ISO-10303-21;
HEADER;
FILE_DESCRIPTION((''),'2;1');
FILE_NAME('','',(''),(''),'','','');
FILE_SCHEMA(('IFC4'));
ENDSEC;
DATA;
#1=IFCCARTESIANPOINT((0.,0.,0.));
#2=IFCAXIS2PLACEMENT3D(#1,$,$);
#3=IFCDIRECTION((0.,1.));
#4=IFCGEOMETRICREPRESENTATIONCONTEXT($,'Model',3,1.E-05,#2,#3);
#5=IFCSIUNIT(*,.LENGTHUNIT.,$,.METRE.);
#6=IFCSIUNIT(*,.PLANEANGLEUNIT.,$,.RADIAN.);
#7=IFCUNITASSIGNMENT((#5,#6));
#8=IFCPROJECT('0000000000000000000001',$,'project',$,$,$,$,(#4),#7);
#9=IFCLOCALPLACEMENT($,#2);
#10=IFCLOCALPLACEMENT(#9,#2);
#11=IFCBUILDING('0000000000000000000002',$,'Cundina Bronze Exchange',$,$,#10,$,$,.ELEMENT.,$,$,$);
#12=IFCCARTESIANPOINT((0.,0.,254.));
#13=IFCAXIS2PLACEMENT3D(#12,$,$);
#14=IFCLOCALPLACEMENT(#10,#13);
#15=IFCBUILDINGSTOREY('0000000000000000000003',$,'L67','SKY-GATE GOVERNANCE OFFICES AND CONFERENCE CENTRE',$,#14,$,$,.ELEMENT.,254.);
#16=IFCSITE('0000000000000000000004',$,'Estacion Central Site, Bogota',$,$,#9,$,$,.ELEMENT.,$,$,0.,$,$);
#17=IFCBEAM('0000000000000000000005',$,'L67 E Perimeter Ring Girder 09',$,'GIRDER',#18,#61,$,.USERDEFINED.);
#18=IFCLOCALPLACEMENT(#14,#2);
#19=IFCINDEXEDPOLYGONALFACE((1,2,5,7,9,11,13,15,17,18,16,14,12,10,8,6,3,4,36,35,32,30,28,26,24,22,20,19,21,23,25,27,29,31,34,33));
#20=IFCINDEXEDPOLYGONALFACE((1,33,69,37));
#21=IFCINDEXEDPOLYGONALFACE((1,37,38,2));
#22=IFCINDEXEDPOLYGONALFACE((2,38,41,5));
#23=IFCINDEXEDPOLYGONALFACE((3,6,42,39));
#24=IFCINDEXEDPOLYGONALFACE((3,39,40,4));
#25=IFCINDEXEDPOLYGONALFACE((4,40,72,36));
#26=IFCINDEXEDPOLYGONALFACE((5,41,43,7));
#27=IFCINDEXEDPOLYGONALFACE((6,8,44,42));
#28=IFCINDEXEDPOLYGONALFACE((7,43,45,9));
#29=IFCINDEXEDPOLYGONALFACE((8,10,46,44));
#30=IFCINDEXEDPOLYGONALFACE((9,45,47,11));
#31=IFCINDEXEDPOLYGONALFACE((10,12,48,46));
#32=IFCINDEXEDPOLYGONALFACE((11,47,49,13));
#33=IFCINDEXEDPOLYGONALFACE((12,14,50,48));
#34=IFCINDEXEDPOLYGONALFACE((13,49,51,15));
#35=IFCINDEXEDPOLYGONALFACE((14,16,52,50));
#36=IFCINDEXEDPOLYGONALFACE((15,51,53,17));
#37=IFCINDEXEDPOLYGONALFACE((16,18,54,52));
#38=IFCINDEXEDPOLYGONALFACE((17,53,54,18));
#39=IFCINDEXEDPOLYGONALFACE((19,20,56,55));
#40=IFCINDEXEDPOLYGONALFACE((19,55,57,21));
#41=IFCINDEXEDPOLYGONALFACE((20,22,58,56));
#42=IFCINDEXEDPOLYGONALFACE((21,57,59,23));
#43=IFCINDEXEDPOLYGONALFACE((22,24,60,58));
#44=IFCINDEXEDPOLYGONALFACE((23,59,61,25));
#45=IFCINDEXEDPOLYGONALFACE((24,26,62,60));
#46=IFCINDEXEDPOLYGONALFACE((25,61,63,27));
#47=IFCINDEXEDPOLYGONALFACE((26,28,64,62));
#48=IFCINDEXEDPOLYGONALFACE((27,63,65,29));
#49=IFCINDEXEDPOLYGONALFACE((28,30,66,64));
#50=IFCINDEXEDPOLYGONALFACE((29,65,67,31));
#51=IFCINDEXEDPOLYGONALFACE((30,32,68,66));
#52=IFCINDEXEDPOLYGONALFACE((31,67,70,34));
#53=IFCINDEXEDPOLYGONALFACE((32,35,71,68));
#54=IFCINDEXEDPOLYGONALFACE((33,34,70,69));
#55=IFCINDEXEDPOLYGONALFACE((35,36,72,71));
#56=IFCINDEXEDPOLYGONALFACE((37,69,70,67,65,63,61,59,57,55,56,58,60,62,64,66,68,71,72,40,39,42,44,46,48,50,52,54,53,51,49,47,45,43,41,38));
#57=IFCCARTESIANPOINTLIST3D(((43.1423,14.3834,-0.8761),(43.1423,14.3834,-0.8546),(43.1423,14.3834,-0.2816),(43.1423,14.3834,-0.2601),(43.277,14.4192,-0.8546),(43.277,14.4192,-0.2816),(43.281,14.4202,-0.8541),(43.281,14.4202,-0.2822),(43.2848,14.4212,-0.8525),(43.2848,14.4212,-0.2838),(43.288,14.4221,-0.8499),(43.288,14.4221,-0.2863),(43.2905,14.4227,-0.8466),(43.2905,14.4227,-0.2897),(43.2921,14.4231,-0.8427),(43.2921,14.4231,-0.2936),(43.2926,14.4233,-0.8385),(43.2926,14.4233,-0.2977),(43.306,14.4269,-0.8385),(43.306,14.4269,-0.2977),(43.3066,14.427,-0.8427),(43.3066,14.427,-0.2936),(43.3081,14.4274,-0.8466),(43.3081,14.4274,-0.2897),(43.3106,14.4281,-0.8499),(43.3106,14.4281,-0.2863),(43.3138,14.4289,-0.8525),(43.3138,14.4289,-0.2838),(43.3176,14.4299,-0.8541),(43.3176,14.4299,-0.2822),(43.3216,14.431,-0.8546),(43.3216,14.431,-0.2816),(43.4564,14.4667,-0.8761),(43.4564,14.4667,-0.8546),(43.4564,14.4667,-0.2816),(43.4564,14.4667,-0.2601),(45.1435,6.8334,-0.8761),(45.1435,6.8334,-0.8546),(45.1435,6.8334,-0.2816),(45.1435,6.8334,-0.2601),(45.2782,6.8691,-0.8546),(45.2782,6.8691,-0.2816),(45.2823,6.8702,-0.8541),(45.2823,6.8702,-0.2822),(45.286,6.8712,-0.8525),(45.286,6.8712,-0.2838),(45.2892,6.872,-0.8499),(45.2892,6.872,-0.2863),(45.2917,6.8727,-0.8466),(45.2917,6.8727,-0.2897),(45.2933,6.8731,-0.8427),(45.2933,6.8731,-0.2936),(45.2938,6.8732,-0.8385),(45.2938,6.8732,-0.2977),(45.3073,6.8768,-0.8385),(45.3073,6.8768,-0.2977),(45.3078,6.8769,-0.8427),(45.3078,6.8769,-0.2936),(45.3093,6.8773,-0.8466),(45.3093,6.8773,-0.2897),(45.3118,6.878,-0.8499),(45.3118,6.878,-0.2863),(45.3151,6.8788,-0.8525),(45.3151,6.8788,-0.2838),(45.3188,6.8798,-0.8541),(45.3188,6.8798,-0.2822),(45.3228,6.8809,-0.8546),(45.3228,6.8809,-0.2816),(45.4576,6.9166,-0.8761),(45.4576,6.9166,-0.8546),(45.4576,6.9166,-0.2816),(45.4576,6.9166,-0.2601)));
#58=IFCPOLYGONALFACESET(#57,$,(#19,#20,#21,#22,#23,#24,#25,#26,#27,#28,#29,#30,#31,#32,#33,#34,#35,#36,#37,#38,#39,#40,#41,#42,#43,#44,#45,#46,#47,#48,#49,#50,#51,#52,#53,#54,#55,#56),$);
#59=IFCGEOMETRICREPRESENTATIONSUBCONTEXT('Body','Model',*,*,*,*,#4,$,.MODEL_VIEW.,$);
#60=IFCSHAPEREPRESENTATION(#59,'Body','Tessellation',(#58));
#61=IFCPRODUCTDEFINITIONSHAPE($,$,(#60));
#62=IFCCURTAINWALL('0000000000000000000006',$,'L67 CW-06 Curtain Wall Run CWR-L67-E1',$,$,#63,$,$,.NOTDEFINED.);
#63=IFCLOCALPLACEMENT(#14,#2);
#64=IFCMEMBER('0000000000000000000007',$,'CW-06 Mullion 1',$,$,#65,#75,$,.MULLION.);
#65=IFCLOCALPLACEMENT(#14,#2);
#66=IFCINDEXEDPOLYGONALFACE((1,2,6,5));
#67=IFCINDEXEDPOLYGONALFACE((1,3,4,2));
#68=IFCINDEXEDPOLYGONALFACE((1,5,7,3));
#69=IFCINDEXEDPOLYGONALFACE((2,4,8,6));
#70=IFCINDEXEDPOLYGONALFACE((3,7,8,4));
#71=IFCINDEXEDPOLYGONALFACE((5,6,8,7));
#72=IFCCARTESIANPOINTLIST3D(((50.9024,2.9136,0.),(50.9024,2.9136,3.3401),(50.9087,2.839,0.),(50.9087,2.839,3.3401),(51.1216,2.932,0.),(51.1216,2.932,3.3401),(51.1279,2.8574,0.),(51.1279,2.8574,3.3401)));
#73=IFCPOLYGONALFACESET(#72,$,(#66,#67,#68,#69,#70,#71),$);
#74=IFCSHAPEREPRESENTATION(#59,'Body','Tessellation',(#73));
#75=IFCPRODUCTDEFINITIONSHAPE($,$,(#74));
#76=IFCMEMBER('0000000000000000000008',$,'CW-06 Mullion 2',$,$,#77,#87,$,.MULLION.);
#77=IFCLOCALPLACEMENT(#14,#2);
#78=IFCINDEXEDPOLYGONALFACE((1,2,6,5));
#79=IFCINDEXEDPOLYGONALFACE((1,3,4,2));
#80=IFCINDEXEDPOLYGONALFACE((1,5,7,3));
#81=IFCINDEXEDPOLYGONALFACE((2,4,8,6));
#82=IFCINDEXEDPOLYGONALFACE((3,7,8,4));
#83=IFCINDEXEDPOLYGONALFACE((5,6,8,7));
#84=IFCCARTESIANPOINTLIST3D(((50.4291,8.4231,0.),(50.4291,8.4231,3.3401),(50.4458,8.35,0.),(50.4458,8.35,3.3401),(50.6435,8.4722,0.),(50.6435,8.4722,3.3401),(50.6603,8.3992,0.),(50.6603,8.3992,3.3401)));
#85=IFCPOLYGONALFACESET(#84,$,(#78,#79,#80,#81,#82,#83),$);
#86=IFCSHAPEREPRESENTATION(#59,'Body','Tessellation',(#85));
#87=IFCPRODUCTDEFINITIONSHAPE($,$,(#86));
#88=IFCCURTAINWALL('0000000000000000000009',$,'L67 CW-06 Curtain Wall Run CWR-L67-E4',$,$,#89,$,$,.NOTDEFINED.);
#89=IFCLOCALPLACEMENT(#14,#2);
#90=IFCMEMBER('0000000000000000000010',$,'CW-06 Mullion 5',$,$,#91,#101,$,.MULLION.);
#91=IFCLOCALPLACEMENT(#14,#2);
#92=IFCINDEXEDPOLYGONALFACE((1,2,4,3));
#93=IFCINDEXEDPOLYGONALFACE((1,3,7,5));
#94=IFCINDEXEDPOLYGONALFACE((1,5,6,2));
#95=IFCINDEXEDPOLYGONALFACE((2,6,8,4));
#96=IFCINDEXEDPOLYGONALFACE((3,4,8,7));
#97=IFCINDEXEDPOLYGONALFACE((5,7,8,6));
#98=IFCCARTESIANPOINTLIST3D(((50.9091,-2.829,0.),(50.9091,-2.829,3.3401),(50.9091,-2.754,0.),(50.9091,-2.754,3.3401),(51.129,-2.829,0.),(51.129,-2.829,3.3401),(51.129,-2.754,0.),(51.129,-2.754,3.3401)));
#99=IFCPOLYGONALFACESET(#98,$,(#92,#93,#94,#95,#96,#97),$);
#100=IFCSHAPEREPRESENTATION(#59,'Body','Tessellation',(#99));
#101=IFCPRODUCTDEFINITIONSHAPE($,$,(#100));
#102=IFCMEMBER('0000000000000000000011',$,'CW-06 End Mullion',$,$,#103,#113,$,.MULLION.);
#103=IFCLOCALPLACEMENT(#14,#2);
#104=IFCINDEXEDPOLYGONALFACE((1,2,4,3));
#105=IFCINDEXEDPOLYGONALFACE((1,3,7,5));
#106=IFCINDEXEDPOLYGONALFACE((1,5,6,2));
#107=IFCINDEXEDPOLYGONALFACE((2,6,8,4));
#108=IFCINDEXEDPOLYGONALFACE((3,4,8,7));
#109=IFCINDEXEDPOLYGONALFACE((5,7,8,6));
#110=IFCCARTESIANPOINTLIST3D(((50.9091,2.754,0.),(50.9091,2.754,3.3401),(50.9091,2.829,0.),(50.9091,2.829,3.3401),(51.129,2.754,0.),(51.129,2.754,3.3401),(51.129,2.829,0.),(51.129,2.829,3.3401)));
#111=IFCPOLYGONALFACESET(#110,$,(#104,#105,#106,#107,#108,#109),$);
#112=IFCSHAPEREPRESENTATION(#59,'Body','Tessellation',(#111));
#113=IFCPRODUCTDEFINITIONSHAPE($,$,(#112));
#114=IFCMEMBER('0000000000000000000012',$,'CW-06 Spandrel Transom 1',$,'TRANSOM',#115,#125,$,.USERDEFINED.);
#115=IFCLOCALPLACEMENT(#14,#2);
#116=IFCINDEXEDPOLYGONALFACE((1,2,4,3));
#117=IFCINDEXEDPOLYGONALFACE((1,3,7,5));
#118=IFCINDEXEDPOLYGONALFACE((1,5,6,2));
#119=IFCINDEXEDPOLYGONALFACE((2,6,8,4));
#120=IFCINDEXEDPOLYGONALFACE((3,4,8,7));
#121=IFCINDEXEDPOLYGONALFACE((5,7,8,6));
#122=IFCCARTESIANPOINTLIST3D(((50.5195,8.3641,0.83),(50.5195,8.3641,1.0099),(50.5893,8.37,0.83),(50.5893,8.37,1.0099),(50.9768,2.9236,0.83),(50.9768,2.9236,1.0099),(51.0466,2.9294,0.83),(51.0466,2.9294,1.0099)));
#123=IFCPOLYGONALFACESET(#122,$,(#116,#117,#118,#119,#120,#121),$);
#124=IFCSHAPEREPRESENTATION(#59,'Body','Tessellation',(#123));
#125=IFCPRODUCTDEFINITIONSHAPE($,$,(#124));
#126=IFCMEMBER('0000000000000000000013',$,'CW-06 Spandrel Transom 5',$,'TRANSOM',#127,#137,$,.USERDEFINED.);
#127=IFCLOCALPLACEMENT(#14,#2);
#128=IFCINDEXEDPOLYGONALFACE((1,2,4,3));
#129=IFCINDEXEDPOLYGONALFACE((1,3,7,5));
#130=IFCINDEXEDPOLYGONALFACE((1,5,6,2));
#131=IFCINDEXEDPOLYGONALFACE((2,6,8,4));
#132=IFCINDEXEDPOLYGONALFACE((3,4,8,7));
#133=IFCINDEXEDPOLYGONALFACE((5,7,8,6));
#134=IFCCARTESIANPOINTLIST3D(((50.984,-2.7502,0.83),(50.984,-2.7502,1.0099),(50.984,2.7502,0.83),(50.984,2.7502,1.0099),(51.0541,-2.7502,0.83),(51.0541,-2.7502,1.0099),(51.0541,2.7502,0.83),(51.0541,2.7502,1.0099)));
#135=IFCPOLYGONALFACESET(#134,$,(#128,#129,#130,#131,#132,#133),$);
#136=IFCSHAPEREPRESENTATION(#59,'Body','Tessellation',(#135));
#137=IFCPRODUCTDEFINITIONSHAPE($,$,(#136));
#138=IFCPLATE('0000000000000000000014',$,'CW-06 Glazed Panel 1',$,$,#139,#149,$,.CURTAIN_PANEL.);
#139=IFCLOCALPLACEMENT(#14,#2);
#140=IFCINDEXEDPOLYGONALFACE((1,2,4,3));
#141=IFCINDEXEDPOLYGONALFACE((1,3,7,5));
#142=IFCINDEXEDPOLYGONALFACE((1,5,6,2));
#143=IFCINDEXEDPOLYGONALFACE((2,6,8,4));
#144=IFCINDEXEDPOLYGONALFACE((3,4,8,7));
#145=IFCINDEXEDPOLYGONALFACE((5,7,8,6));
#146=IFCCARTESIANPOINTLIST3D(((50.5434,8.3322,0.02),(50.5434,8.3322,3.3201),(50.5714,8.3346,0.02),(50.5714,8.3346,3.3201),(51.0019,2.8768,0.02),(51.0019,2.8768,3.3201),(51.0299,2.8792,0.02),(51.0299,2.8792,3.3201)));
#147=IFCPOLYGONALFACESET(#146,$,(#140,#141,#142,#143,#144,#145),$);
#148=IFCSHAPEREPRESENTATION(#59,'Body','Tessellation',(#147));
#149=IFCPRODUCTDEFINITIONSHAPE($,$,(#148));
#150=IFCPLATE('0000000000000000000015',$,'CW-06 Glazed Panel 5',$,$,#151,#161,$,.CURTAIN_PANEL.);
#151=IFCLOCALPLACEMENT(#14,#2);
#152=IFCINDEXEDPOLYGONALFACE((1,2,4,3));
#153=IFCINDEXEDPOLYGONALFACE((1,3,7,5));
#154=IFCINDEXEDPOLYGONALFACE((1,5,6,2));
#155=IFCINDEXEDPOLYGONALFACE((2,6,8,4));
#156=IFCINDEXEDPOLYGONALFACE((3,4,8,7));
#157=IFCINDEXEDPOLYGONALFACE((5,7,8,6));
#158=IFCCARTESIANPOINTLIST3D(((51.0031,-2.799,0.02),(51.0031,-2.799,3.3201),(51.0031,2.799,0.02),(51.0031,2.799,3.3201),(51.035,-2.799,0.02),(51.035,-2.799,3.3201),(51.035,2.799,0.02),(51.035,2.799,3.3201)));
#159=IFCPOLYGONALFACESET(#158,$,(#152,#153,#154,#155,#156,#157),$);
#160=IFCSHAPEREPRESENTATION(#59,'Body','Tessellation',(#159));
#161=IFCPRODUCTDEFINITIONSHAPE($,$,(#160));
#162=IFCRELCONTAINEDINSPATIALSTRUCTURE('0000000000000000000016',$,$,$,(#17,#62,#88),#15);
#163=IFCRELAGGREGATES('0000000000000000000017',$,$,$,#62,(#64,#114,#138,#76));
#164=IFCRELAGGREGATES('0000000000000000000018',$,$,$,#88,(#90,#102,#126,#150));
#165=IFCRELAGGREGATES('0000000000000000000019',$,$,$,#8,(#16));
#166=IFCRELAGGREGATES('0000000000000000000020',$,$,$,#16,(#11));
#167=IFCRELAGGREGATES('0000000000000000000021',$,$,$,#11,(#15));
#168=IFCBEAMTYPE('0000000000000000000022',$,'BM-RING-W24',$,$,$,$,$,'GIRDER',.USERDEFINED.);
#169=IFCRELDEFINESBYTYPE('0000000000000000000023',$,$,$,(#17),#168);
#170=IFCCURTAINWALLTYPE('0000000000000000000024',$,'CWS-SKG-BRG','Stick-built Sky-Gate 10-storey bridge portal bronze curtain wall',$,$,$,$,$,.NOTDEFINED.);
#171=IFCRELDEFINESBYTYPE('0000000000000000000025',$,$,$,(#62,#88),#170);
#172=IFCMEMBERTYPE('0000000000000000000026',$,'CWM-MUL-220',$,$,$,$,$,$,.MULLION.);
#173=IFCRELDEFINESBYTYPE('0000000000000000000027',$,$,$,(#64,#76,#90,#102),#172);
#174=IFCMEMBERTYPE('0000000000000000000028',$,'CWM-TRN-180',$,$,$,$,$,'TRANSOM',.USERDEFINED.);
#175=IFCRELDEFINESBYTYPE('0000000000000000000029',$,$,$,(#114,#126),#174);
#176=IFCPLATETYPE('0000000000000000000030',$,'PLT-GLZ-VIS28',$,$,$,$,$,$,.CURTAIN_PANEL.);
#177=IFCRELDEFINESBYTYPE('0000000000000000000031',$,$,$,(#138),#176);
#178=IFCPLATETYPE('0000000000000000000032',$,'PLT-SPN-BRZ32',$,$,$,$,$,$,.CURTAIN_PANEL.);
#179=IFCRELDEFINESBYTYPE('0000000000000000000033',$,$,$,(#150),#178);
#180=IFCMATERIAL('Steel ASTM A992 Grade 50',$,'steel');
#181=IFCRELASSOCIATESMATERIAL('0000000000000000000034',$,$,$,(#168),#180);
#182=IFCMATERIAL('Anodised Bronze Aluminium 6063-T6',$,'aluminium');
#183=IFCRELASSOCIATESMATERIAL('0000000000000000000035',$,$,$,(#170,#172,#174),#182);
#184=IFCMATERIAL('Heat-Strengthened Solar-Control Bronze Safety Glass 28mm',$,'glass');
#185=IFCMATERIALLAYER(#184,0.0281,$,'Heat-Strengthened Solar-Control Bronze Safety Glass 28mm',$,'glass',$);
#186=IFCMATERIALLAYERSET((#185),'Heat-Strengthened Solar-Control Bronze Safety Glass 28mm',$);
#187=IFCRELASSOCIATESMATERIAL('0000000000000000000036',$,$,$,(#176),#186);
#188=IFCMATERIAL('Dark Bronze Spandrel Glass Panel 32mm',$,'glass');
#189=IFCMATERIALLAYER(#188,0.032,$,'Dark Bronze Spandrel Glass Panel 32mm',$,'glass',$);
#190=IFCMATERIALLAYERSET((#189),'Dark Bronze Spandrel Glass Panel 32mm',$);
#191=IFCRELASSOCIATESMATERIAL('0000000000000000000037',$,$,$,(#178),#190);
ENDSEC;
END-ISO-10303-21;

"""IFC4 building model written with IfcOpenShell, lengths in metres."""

from ifc_helpers import new_model, si_unit, direction, frame, origin, origin_2d, place, context, subcontext, project, spatial, rectangle, i_section, extrude, material, layer, layer_set, material_profile, profile_set, type_object, element, aggregate, save


model = new_model("IFC4")

# Units and contexts
model_context = context("Model", 3, precision=1e-05, world=origin(), true_north=direction((0.0, 1.0)))
body_context = subcontext(model_context, "Body", "Model", "MODEL_VIEW")
ifc_project = project(units=[si_unit("LENGTHUNIT", "METRE"), si_unit("PLANEANGLEUNIT", "RADIAN")], contexts=[model_context])

# Site, building, storey
site_placement = place(None, origin())
site = spatial("IfcSite", under=ifc_project, at=site_placement, Name="Estacion Central Site, Bogota", CompositionType="ELEMENT", RefElevation=0.0)
building_placement = place(site_placement, origin())
building = spatial("IfcBuilding", under=site, at=building_placement, Name="Cundina Bronze Exchange", CompositionType="ELEMENT")
storey_placement = place(building_placement, frame((0.0, 0.0, 254.0)))
storey = spatial("IfcBuildingStorey", under=building, at=storey_placement, Name="L67", Description="SKY-GATE GOVERNANCE OFFICES AND CONFERENCE CENTRE", CompositionType="ELEMENT", Elevation=254.0)

# Shared definitions
ifc_material_1 = material(Name="Steel ASTM A992 Grade 50", Category="steel")

# Beam
ifc_material_profile_1 = material_profile(ifc_material_1, i_section(OverallWidth=0.325, OverallDepth=0.616, WebThickness=0.0139, FlangeThickness=0.0215, FilletRadius=0.0161, at=origin_2d()), Name="W24X117", Category="steel")
ifc_profile_set_1 = profile_set([ifc_material_profile_1], Name="Steel ASTM A992 Grade 50")
beam_type_1 = type_object("IfcBeamType", Name="BM-RING-W24", ElementType="GIRDER", PredefinedType="USERDEFINED", material=ifc_profile_set_1)
for number, where, z_axis, x_axis, name in (
    (1, (45.3005, 6.875, -0.5681), (-0.256213, 0.96662, 0.0), (-0.96662, -0.256213, 0.0), "L67 E Perimeter Ring Girder 09"),
):
    element("IfcBeam", number, at=place(storey_placement, frame(where, z_axis=z_axis, x_axis=x_axis)), inside=storey, type_object=beam_type_1, Name=name, ObjectType="GIRDER", PredefinedType="USERDEFINED", context=body_context, shape_type="SweptSolid", body=[
        extrude(i_section(OverallWidth=0.325, OverallDepth=0.616, WebThickness=0.0139, FlangeThickness=0.0215, FilletRadius=0.0161, at=origin_2d()), origin(), (0.0, 0.0, 1.0), 7.8108),
    ])

# Curtain walls, members
ifc_material_2 = material(Name="Anodised Bronze Aluminium 6063-T6", Category="aluminium")
curtain_wall_type = type_object("IfcCurtainWallType", Name="CWS-SKG-BRG", Description="Stick-built Sky-Gate 10-storey bridge portal bronze curtain wall", PredefinedType="NOTDEFINED", material=ifc_material_2)
curtain_wall_1_placement = place(storey_placement, origin())
curtain_wall_1 = element("IfcCurtainWall", 2, at=curtain_wall_1_placement, inside=storey, type_object=curtain_wall_type, Name="L67 CW-06 Curtain Wall Run CWR-L67-E1", PredefinedType="NOTDEFINED")
ifc_material_profile_2 = material_profile(ifc_material_2, rectangle(XDim=0.075, YDim=0.22, at=origin_2d()), Name="AL75X220", Category="aluminium")
ifc_profile_set_2 = profile_set([ifc_material_profile_2], Name="Anodised Bronze Aluminium 6063-T6")
member_type_1 = type_object("IfcMemberType", Name="CWM-MUL-220", PredefinedType="MULLION", material=ifc_profile_set_2)
member_1_placement = place(storey_placement, frame((51.0151, 2.8855, 0.0), z_axis=(0.0, 0.0, 1.0), x_axis=(-0.083678, 0.996493, 0.0)))
member_1 = element("IfcMember", 3, at=member_1_placement, type_object=member_type_1, Name="CW-06 Mullion 1", PredefinedType="MULLION", context=body_context, shape_type="SweptSolid", body=[
    extrude(rectangle(XDim=0.075, YDim=0.22, at=origin_2d()), origin(), (0.0, 0.0, 1.0), 3.3401),
])
member_2_placement = place(storey_placement, frame((50.5447, 8.4111, 0.0), z_axis=(0.0, 0.0, 1.0), x_axis=(-0.22325, 0.974761, 0.0)))
member_2 = element("IfcMember", 4, at=member_2_placement, type_object=member_type_1, Name="CW-06 Mullion 2", PredefinedType="MULLION", context=body_context, shape_type="SweptSolid", body=[
    extrude(rectangle(XDim=0.075, YDim=0.22, at=origin_2d()), origin(), (0.0, 0.0, 1.0), 3.3401),
])
curtain_wall_2_placement = place(storey_placement, origin())
curtain_wall_2 = element("IfcCurtainWall", 5, at=curtain_wall_2_placement, inside=storey, type_object=curtain_wall_type, Name="L67 CW-06 Curtain Wall Run CWR-L67-E4", PredefinedType="NOTDEFINED")
member_3_placement = place(storey_placement, frame((51.019, -2.7915, 0.0), z_axis=(0.0, 0.0, 1.0), x_axis=(0.0, 1.0, 0.0)))
member_3 = element("IfcMember", 6, at=member_3_placement, type_object=member_type_1, Name="CW-06 Mullion 5", PredefinedType="MULLION", context=body_context, shape_type="SweptSolid", body=[
    extrude(rectangle(XDim=0.075, YDim=0.22, at=origin_2d()), origin(), (0.0, 0.0, 1.0), 3.3401),
])
member_4_placement = place(storey_placement, frame((51.019, 2.7915, 0.0), z_axis=(0.0, 0.0, 1.0), x_axis=(0.0, 1.0, 0.0)))
member_4 = element("IfcMember", 7, at=member_4_placement, type_object=member_type_1, Name="CW-06 End Mullion", PredefinedType="MULLION", context=body_context, shape_type="SweptSolid", body=[
    extrude(rectangle(XDim=0.075, YDim=0.22, at=origin_2d()), origin(), (0.0, 0.0, 1.0), 3.3401),
])

# Members
ifc_material_profile_3 = material_profile(ifc_material_2, rectangle(XDim=0.0701, YDim=0.1799, at=origin_2d()), Name="AL70X180", Category="aluminium")
ifc_profile_set_3 = profile_set([ifc_material_profile_3], Name="Anodised Bronze Aluminium 6063-T6")
member_type_2 = type_object("IfcMemberType", Name="CWM-TRN-180", ElementType="TRANSOM", PredefinedType="USERDEFINED", material=ifc_profile_set_3)
member_5_placement = place(storey_placement, frame((51.0117, 2.9265, 0.9199), z_axis=(-0.083756, 0.996486, 0.0), x_axis=(-0.996486, -0.083756, 0.0)))
member_5 = element("IfcMember", 8, at=member_5_placement, type_object=member_type_2, Name="CW-06 Spandrel Transom 1", ObjectType="TRANSOM", PredefinedType="USERDEFINED", context=body_context, shape_type="SweptSolid", body=[
    extrude(rectangle(XDim=0.0701, YDim=0.1799, at=origin_2d()), origin(), (0.0, 0.0, 1.0), 5.4597),
])
member_6_placement = place(storey_placement, frame((51.019, -2.7502, 0.9199), z_axis=(0.0, 1.0, 0.0), x_axis=(-1.0, 0.0, 0.0)))
member_6 = element("IfcMember", 9, at=member_6_placement, type_object=member_type_2, Name="CW-06 Spandrel Transom 5", ObjectType="TRANSOM", PredefinedType="USERDEFINED", context=body_context, shape_type="SweptSolid", body=[
    extrude(rectangle(XDim=0.0701, YDim=0.1799, at=origin_2d()), origin(), (0.0, 0.0, 1.0), 5.5005),
])

# Plates
ifc_material_3 = material(Name="Heat-Strengthened Solar-Control Bronze Safety Glass 28mm", Category="glass")
ifc_layer_1 = layer(ifc_material_3, 0.0281, Name="Heat-Strengthened Solar-Control Bronze Safety Glass 28mm", Category="glass")
ifc_layer_set_1 = layer_set([ifc_layer_1], Name="Heat-Strengthened Solar-Control Bronze Safety Glass 28mm")
plate_type_1 = type_object("IfcPlateType", Name="PLT-GLZ-VIS28", PredefinedType="CURTAIN_PANEL", material=ifc_layer_set_1)
plate_1_placement = place(storey_placement, frame((50.7866, 5.6057, 0.02), z_axis=(0.0, 0.0, 1.0), x_axis=(-0.083747, 0.996487, 0.0)))
plate_1 = element("IfcPlate", 10, at=plate_1_placement, type_object=plate_type_1, Name="CW-06 Glazed Panel 1", PredefinedType="CURTAIN_PANEL", context=body_context, shape_type="SweptSolid", body=[
    extrude(rectangle(XDim=5.4746, YDim=0.0281, at=origin_2d()), origin(), (0.0, 0.0, 1.0), 3.3),
])
aggregate(curtain_wall_1, [member_1, member_5, plate_1, member_2])
ifc_material_4 = material(Name="Dark Bronze Spandrel Glass Panel 32mm", Category="glass")
ifc_layer_2 = layer(ifc_material_4, 0.032, Name="Dark Bronze Spandrel Glass Panel 32mm", Category="glass")
ifc_layer_set_2 = layer_set([ifc_layer_2], Name="Dark Bronze Spandrel Glass Panel 32mm")
plate_type_2 = type_object("IfcPlateType", Name="PLT-SPN-BRZ32", PredefinedType="CURTAIN_PANEL", material=ifc_layer_set_2)
plate_2_placement = place(storey_placement, frame((51.019, 0.0, 0.02), z_axis=(0.0, 0.0, 1.0), x_axis=(0.0, 1.0, 0.0)))
plate_2 = element("IfcPlate", 11, at=plate_2_placement, type_object=plate_type_2, Name="CW-06 Glazed Panel 5", PredefinedType="CURTAIN_PANEL", context=body_context, shape_type="SweptSolid", body=[
    extrude(rectangle(XDim=5.5979, YDim=0.032, at=origin_2d()), origin(), (0.0, 0.0, 1.0), 3.3),
])
aggregate(curtain_wall_2, [member_3, member_4, member_6, plate_2])

save(model, "model.ifc")
